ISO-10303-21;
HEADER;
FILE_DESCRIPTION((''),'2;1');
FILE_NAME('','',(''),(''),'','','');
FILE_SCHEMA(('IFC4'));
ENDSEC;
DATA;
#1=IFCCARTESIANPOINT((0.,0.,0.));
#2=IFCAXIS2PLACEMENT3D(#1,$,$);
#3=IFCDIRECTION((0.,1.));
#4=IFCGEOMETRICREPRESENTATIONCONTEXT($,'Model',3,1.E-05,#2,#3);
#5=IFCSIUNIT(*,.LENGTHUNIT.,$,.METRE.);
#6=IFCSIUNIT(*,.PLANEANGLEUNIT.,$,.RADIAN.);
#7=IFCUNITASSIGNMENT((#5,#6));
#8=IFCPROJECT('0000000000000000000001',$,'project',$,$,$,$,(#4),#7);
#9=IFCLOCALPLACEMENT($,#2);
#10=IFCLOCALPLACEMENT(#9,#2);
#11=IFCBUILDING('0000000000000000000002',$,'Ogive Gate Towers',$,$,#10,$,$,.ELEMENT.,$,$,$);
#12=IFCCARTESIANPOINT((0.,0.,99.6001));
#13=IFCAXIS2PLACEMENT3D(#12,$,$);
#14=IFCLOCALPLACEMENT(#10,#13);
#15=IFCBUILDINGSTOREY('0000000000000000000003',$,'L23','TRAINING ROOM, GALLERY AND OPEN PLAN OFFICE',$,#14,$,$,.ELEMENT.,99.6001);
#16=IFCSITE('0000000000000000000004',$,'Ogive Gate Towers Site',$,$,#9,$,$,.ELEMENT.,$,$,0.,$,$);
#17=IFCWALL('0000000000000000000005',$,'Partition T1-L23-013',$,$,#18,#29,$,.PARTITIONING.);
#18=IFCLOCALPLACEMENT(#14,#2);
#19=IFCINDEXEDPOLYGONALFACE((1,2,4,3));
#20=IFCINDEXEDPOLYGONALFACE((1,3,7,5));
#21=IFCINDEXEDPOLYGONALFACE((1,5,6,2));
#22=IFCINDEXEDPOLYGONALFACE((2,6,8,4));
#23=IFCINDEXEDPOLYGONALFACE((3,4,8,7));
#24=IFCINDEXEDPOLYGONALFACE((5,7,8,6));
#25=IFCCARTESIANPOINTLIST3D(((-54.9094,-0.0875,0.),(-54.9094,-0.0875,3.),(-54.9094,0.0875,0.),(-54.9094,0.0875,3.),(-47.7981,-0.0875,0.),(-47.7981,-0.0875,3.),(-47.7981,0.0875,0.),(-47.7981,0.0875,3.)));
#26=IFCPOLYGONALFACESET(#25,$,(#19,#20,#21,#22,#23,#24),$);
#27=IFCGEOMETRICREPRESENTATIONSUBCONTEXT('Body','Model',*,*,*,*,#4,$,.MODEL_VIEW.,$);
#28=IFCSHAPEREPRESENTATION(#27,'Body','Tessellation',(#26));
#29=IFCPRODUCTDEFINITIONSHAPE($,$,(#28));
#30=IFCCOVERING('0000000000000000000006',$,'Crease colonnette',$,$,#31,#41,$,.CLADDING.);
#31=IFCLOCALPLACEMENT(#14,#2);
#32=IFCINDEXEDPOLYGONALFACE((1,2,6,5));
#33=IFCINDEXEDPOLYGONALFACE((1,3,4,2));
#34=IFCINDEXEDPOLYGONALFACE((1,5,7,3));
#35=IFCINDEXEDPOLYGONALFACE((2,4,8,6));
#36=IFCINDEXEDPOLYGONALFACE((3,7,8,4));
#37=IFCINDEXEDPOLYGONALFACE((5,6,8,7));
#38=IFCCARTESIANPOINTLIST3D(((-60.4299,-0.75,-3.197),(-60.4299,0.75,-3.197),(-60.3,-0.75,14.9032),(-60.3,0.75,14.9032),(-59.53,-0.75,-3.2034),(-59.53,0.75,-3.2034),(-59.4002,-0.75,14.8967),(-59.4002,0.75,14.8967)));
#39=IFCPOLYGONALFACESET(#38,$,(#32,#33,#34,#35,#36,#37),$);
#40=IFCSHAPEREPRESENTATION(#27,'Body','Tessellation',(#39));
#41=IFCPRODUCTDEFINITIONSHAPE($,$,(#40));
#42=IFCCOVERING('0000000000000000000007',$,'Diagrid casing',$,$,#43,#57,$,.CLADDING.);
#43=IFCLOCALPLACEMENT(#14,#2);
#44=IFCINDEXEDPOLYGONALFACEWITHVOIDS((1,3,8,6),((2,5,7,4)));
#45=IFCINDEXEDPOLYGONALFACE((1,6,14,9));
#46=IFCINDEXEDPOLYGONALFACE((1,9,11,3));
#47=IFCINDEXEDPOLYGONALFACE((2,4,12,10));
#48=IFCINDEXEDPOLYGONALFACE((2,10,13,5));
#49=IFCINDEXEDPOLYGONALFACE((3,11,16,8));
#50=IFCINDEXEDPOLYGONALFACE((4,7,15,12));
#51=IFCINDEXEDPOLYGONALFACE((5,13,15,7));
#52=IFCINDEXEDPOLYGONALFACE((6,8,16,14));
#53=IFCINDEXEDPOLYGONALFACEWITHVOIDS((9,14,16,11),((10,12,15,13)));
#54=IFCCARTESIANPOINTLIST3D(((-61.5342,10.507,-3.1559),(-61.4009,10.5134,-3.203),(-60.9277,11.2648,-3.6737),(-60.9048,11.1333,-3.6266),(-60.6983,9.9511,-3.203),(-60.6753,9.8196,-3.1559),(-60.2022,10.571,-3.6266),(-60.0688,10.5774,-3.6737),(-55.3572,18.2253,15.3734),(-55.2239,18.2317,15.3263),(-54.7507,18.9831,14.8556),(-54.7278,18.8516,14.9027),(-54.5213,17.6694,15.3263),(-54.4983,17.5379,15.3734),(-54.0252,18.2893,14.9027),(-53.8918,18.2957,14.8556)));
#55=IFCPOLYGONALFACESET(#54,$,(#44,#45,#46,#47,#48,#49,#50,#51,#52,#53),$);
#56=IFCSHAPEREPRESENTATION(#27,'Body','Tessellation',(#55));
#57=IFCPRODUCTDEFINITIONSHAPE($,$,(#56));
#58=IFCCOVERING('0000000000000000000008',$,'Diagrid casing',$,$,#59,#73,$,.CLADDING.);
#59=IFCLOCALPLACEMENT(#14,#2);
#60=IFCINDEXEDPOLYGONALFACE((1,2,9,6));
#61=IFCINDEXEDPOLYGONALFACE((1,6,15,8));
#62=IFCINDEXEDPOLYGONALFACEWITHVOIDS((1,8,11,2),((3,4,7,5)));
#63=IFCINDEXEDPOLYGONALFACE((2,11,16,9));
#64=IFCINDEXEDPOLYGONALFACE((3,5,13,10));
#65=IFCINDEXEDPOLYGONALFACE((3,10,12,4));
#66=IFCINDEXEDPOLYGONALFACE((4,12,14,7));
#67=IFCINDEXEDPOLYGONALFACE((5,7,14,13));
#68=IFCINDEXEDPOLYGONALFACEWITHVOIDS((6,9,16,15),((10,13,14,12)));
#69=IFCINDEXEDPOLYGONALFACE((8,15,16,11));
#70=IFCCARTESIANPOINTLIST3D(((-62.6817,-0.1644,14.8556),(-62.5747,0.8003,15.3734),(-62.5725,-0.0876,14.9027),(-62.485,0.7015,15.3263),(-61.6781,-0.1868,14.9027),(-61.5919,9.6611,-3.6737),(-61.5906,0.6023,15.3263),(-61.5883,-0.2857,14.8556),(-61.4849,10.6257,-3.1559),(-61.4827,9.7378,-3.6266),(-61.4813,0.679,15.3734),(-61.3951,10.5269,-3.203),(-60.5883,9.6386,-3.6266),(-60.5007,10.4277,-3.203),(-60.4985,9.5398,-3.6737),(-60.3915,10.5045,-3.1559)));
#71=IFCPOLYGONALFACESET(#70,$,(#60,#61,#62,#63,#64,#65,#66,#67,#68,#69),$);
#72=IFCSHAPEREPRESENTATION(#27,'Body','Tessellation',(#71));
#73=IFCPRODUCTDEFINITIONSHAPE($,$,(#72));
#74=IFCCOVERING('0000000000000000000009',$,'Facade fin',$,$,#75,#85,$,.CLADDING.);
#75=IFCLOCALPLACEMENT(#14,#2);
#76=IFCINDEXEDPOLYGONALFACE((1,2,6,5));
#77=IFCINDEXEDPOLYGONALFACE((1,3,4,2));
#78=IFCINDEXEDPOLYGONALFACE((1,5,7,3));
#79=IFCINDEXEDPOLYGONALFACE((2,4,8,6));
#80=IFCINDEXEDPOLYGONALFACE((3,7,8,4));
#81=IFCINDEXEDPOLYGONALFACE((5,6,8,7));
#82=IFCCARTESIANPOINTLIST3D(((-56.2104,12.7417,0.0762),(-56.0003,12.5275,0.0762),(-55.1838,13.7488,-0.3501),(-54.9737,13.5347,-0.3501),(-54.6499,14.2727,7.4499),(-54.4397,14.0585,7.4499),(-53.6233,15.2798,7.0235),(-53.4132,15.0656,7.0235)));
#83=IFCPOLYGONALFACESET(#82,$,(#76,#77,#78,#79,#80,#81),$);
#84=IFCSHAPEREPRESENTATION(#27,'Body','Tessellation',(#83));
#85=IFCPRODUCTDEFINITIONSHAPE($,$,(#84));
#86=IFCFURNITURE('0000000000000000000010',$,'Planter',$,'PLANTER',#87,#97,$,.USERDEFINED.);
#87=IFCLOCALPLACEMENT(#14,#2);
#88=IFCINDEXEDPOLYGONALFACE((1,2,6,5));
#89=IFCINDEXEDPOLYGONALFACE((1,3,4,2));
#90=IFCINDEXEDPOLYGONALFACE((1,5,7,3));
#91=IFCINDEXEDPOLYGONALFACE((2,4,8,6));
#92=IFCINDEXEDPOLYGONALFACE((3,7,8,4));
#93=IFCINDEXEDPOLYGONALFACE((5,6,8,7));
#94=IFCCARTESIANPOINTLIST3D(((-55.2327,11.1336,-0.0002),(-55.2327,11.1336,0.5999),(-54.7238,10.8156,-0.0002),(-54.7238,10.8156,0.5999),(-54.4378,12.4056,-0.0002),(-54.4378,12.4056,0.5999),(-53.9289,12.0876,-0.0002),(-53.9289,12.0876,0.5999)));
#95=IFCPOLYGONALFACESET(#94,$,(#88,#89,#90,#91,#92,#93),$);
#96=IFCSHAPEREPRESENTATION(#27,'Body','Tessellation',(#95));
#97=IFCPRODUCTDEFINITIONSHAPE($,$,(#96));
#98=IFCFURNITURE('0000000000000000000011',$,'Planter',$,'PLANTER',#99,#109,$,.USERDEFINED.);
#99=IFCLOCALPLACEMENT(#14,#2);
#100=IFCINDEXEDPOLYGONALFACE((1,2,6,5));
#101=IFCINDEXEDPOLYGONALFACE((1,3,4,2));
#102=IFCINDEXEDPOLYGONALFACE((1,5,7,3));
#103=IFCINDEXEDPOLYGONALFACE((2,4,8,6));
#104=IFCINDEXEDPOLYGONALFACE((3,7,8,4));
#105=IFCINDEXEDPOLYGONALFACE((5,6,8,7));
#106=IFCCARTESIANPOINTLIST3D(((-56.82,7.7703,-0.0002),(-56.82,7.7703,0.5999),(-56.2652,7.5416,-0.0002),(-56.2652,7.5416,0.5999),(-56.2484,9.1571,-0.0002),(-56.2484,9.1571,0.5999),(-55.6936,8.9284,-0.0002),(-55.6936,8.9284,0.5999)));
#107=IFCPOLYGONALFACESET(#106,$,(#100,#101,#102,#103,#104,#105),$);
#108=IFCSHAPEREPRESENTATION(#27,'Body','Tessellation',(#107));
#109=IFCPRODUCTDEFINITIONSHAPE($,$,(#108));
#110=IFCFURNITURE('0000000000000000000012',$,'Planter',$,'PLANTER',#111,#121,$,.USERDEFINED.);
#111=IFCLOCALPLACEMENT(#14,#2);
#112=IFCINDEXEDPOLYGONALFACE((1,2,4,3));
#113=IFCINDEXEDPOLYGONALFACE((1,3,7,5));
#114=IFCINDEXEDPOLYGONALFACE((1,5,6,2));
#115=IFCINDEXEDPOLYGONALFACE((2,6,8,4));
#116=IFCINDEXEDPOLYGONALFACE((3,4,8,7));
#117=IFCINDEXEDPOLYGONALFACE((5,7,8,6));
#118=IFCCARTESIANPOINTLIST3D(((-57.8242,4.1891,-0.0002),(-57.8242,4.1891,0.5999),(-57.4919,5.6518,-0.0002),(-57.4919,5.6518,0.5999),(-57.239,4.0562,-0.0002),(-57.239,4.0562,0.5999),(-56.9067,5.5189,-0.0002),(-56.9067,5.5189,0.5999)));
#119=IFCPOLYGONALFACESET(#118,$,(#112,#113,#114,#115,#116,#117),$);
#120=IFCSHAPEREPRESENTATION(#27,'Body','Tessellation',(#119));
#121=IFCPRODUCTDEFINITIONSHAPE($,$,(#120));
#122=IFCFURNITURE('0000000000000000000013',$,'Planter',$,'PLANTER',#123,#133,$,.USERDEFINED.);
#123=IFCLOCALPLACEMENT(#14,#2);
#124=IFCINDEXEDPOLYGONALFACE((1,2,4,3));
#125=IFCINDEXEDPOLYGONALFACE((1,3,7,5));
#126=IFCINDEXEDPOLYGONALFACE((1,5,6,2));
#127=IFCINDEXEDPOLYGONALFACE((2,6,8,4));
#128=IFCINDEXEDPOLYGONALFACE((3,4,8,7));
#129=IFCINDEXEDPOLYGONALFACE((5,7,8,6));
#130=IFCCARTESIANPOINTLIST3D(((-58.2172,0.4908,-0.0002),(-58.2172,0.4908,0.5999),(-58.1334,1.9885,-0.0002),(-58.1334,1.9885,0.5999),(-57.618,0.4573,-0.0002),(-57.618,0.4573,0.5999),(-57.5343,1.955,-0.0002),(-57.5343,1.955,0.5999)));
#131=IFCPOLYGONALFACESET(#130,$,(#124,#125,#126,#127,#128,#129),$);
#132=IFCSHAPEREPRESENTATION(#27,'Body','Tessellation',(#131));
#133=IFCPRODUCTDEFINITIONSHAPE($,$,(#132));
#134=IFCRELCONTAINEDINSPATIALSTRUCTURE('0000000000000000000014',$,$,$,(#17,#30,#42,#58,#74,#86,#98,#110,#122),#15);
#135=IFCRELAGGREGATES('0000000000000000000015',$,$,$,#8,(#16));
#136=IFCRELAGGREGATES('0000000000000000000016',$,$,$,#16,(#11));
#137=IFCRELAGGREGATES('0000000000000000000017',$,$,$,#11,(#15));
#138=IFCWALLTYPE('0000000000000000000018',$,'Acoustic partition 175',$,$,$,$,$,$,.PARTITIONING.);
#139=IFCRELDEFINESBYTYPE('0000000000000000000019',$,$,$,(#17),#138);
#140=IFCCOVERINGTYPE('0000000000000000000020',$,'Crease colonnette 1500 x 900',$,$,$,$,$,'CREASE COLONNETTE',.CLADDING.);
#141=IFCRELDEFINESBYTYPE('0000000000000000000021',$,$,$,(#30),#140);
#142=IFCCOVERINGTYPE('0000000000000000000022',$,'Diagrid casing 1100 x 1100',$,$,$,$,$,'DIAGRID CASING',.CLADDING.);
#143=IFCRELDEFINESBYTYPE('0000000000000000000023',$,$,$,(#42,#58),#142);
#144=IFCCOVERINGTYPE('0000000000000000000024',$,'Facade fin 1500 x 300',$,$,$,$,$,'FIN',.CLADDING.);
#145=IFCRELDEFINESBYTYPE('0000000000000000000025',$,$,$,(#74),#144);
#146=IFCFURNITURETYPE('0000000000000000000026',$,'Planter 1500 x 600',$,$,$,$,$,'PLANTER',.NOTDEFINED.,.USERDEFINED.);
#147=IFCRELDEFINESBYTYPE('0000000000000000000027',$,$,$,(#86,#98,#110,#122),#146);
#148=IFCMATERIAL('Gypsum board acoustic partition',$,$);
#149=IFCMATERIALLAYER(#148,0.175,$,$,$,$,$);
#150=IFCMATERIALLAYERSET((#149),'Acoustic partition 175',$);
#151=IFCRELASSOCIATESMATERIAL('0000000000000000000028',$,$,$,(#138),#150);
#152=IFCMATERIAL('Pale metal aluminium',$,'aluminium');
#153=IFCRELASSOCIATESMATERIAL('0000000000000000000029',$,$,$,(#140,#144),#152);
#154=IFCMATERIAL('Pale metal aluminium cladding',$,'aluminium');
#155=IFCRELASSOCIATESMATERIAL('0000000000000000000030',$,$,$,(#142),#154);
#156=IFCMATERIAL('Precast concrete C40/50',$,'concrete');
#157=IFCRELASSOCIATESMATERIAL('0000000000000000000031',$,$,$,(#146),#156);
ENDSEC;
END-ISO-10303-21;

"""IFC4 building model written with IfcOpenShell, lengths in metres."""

from ifc_helpers import new_model, si_unit, direction, frame, frame_2d, origin, origin_2d, place, context, subcontext, project, spatial, rectangle, hollow_rectangle, extrude, material, layer, layer_set, material_profile, profile_set, type_object, element, save


model = new_model("IFC4")

# Units and contexts
model_context = context("Model", 3, precision=1e-05, world=origin(), true_north=direction((0.0, 1.0)))
body_context = subcontext(model_context, "Body", "Model", "MODEL_VIEW")
ifc_project = project(units=[si_unit("LENGTHUNIT", "METRE"), si_unit("PLANEANGLEUNIT", "RADIAN")], contexts=[model_context])

# Site, building, storey
site_placement = place(None, origin())
site = spatial("IfcSite", under=ifc_project, at=site_placement, Name="Ogive Gate Towers Site", CompositionType="ELEMENT", RefElevation=0.0)
building_placement = place(site_placement, origin())
building = spatial("IfcBuilding", under=site, at=building_placement, Name="Ogive Gate Towers", CompositionType="ELEMENT")
storey_placement = place(building_placement, frame((0.0, 0.0, 99.6001)))
storey = spatial("IfcBuildingStorey", under=building, at=storey_placement, Name="L23", Description="TRAINING ROOM, GALLERY AND OPEN PLAN OFFICE", CompositionType="ELEMENT", Elevation=99.6001)

# Shared definitions
ifc_material_1 = material(Name="Pale metal aluminium", Category="aluminium")

# Wall
ifc_material_2 = material(Name="Gypsum board acoustic partition")
ifc_layer_1 = layer(ifc_material_2, 0.175)
ifc_layer_set_1 = layer_set([ifc_layer_1], Name="Acoustic partition 175")
wall_type_1 = type_object("IfcWallType", Name="Acoustic partition 175", PredefinedType="PARTITIONING", material=ifc_layer_set_1)
wall_1_placement = place(storey_placement, frame((-54.9094, 0.0, 0.0), z_axis=(0.0, 0.0, 1.0), x_axis=(1.0, 0.0, 0.0)))
element("IfcWall", 1, at=wall_1_placement, inside=storey, type_object=wall_type_1, Name="Partition T1-L23-013", PredefinedType="PARTITIONING", context=body_context, shape_type="SweptSolid", body=[
    extrude(rectangle(XDim=7.1113, YDim=0.175, at=frame_2d((3.5557, 0.0))), origin(), (0.0, 0.0, 1.0), 3.0),
])

# Coverings
ifc_material_profile_1 = material_profile(ifc_material_1, rectangle(XDim=1.5, YDim=0.8999, at=origin_2d()), Name="1500 x 900 pale metal aluminium")
ifc_profile_set_1 = profile_set([ifc_material_profile_1], Name="Pale metal aluminium")
covering_type_1 = type_object("IfcCoveringType", Name="Crease colonnette 1500 x 900", ElementType="CREASE COLONNETTE", PredefinedType="CLADDING", material=ifc_profile_set_1)
covering_1_placement = place(storey_placement, frame((-59.98, 0.0, -3.2002), z_axis=(0.007176, 0.0, 0.999974), x_axis=(0.0, 1.0, 0.0)))
element("IfcCovering", 2, at=covering_1_placement, inside=storey, type_object=covering_type_1, Name="Crease colonnette", PredefinedType="CLADDING", context=body_context, shape_type="SweptSolid", body=[
    extrude(rectangle(XDim=1.5, YDim=0.8999, at=origin_2d()), origin(), (0.0, 0.0, 1.0), 18.1006),
])
ifc_material_3 = material(Name="Pale metal aluminium cladding", Category="aluminium")
ifc_material_profile_2 = material_profile(ifc_material_3, hollow_rectangle(XDim=1.1001, YDim=1.1001, WallThickness=0.1001, at=origin_2d()), Name="1100 x 1100 pale metal casing")
ifc_profile_set_2 = profile_set([ifc_material_profile_2], Name="Pale metal aluminium cladding")
covering_type_2 = type_object("IfcCoveringType", Name="Diagrid casing 1100 x 1100", ElementType="DIAGRID CASING", PredefinedType="CLADDING", material=ifc_profile_set_2)
for number, where, z_axis, x_axis, name in (
    (3, (-60.8015, 10.5422, -3.4148), (0.294122, 0.367511, 0.882286), (-0.780751, 0.624843, 0.0), "Diagrid casing"),
    (4, (-60.9917, 10.0828, -3.4148), (-0.051894, -0.467845, 0.882286), (0.993904, -0.110244, 0.0), "Diagrid casing"),
):
    element("IfcCovering", number, at=place(storey_placement, frame(where, z_axis=z_axis, x_axis=x_axis)), inside=storey, type_object=covering_type_2, Name=name, PredefinedType="CLADDING", context=body_context, shape_type="SweptSolid", body=[
        extrude(hollow_rectangle(XDim=1.1001, YDim=1.1001, WallThickness=0.1001, at=origin_2d()), origin(), (0.0, 0.0, 1.0), 21.0015),
    ])
ifc_material_profile_3 = material_profile(ifc_material_1, rectangle(XDim=0.3, YDim=1.5, at=origin_2d()), Name="1500 x 300 pale metal aluminium")
ifc_profile_set_3 = profile_set([ifc_material_profile_3], Name="Pale metal aluminium")
covering_type_3 = type_object("IfcCoveringType", Name="Facade fin 1500 x 300", ElementType="FIN", PredefinedType="CLADDING", material=ifc_profile_set_3)
covering_2_placement = place(storey_placement, frame((-55.592, 13.1382, -0.137), z_axis=(0.202905, 0.199064, 0.958751), x_axis=(-0.700318, 0.713831, 0.0)))
element("IfcCovering", 5, at=covering_2_placement, inside=storey, type_object=covering_type_3, Name="Facade fin", PredefinedType="CLADDING", context=body_context, shape_type="SweptSolid", body=[
    extrude(rectangle(XDim=0.3, YDim=1.5, at=origin_2d()), origin(), (0.0, 0.0, 1.0), 7.6909),
])

# Furniture
ifc_material_4 = material(Name="Precast concrete C40/50", Category="concrete")
furniture_type = type_object("IfcFurnitureType", Name="Planter 1500 x 600", ElementType="PLANTER", AssemblyPlace="NOTDEFINED", PredefinedType="USERDEFINED", material=ifc_material_4)
for number, where, z_axis, x_axis, name in (
    (6, (-54.5808, 11.6106, -0.0002), (0.0, 0.0, 1.0), (-0.529919, -0.848048, 0.0), "Planter"),
    (7, (-56.2568, 8.3494, -0.0002), (0.0, 0.0, 1.0), (-0.38107, -0.924546, 0.0), "Planter"),
    (8, (-57.3655, 4.854, -0.0002), (0.0, 0.0, 1.0), (-0.221548, -0.975149, 0.0), "Planter"),
    (9, (-57.8757, 1.2229, -0.0002), (0.0, 0.0, 1.0), (-0.055822, -0.998441, 0.0), "Planter"),
):
    element("IfcFurniture", number, at=place(storey_placement, frame(where, z_axis=z_axis, x_axis=x_axis)), inside=storey, type_object=furniture_type, Name=name, ObjectType="PLANTER", PredefinedType="USERDEFINED", context=body_context, shape_type="SweptSolid", body=[
        extrude(rectangle(XDim=1.5, YDim=0.6001, at=origin_2d()), origin(), (0.0, 0.0, 1.0), 0.6001),
    ])

save(model, "model.ifc")
